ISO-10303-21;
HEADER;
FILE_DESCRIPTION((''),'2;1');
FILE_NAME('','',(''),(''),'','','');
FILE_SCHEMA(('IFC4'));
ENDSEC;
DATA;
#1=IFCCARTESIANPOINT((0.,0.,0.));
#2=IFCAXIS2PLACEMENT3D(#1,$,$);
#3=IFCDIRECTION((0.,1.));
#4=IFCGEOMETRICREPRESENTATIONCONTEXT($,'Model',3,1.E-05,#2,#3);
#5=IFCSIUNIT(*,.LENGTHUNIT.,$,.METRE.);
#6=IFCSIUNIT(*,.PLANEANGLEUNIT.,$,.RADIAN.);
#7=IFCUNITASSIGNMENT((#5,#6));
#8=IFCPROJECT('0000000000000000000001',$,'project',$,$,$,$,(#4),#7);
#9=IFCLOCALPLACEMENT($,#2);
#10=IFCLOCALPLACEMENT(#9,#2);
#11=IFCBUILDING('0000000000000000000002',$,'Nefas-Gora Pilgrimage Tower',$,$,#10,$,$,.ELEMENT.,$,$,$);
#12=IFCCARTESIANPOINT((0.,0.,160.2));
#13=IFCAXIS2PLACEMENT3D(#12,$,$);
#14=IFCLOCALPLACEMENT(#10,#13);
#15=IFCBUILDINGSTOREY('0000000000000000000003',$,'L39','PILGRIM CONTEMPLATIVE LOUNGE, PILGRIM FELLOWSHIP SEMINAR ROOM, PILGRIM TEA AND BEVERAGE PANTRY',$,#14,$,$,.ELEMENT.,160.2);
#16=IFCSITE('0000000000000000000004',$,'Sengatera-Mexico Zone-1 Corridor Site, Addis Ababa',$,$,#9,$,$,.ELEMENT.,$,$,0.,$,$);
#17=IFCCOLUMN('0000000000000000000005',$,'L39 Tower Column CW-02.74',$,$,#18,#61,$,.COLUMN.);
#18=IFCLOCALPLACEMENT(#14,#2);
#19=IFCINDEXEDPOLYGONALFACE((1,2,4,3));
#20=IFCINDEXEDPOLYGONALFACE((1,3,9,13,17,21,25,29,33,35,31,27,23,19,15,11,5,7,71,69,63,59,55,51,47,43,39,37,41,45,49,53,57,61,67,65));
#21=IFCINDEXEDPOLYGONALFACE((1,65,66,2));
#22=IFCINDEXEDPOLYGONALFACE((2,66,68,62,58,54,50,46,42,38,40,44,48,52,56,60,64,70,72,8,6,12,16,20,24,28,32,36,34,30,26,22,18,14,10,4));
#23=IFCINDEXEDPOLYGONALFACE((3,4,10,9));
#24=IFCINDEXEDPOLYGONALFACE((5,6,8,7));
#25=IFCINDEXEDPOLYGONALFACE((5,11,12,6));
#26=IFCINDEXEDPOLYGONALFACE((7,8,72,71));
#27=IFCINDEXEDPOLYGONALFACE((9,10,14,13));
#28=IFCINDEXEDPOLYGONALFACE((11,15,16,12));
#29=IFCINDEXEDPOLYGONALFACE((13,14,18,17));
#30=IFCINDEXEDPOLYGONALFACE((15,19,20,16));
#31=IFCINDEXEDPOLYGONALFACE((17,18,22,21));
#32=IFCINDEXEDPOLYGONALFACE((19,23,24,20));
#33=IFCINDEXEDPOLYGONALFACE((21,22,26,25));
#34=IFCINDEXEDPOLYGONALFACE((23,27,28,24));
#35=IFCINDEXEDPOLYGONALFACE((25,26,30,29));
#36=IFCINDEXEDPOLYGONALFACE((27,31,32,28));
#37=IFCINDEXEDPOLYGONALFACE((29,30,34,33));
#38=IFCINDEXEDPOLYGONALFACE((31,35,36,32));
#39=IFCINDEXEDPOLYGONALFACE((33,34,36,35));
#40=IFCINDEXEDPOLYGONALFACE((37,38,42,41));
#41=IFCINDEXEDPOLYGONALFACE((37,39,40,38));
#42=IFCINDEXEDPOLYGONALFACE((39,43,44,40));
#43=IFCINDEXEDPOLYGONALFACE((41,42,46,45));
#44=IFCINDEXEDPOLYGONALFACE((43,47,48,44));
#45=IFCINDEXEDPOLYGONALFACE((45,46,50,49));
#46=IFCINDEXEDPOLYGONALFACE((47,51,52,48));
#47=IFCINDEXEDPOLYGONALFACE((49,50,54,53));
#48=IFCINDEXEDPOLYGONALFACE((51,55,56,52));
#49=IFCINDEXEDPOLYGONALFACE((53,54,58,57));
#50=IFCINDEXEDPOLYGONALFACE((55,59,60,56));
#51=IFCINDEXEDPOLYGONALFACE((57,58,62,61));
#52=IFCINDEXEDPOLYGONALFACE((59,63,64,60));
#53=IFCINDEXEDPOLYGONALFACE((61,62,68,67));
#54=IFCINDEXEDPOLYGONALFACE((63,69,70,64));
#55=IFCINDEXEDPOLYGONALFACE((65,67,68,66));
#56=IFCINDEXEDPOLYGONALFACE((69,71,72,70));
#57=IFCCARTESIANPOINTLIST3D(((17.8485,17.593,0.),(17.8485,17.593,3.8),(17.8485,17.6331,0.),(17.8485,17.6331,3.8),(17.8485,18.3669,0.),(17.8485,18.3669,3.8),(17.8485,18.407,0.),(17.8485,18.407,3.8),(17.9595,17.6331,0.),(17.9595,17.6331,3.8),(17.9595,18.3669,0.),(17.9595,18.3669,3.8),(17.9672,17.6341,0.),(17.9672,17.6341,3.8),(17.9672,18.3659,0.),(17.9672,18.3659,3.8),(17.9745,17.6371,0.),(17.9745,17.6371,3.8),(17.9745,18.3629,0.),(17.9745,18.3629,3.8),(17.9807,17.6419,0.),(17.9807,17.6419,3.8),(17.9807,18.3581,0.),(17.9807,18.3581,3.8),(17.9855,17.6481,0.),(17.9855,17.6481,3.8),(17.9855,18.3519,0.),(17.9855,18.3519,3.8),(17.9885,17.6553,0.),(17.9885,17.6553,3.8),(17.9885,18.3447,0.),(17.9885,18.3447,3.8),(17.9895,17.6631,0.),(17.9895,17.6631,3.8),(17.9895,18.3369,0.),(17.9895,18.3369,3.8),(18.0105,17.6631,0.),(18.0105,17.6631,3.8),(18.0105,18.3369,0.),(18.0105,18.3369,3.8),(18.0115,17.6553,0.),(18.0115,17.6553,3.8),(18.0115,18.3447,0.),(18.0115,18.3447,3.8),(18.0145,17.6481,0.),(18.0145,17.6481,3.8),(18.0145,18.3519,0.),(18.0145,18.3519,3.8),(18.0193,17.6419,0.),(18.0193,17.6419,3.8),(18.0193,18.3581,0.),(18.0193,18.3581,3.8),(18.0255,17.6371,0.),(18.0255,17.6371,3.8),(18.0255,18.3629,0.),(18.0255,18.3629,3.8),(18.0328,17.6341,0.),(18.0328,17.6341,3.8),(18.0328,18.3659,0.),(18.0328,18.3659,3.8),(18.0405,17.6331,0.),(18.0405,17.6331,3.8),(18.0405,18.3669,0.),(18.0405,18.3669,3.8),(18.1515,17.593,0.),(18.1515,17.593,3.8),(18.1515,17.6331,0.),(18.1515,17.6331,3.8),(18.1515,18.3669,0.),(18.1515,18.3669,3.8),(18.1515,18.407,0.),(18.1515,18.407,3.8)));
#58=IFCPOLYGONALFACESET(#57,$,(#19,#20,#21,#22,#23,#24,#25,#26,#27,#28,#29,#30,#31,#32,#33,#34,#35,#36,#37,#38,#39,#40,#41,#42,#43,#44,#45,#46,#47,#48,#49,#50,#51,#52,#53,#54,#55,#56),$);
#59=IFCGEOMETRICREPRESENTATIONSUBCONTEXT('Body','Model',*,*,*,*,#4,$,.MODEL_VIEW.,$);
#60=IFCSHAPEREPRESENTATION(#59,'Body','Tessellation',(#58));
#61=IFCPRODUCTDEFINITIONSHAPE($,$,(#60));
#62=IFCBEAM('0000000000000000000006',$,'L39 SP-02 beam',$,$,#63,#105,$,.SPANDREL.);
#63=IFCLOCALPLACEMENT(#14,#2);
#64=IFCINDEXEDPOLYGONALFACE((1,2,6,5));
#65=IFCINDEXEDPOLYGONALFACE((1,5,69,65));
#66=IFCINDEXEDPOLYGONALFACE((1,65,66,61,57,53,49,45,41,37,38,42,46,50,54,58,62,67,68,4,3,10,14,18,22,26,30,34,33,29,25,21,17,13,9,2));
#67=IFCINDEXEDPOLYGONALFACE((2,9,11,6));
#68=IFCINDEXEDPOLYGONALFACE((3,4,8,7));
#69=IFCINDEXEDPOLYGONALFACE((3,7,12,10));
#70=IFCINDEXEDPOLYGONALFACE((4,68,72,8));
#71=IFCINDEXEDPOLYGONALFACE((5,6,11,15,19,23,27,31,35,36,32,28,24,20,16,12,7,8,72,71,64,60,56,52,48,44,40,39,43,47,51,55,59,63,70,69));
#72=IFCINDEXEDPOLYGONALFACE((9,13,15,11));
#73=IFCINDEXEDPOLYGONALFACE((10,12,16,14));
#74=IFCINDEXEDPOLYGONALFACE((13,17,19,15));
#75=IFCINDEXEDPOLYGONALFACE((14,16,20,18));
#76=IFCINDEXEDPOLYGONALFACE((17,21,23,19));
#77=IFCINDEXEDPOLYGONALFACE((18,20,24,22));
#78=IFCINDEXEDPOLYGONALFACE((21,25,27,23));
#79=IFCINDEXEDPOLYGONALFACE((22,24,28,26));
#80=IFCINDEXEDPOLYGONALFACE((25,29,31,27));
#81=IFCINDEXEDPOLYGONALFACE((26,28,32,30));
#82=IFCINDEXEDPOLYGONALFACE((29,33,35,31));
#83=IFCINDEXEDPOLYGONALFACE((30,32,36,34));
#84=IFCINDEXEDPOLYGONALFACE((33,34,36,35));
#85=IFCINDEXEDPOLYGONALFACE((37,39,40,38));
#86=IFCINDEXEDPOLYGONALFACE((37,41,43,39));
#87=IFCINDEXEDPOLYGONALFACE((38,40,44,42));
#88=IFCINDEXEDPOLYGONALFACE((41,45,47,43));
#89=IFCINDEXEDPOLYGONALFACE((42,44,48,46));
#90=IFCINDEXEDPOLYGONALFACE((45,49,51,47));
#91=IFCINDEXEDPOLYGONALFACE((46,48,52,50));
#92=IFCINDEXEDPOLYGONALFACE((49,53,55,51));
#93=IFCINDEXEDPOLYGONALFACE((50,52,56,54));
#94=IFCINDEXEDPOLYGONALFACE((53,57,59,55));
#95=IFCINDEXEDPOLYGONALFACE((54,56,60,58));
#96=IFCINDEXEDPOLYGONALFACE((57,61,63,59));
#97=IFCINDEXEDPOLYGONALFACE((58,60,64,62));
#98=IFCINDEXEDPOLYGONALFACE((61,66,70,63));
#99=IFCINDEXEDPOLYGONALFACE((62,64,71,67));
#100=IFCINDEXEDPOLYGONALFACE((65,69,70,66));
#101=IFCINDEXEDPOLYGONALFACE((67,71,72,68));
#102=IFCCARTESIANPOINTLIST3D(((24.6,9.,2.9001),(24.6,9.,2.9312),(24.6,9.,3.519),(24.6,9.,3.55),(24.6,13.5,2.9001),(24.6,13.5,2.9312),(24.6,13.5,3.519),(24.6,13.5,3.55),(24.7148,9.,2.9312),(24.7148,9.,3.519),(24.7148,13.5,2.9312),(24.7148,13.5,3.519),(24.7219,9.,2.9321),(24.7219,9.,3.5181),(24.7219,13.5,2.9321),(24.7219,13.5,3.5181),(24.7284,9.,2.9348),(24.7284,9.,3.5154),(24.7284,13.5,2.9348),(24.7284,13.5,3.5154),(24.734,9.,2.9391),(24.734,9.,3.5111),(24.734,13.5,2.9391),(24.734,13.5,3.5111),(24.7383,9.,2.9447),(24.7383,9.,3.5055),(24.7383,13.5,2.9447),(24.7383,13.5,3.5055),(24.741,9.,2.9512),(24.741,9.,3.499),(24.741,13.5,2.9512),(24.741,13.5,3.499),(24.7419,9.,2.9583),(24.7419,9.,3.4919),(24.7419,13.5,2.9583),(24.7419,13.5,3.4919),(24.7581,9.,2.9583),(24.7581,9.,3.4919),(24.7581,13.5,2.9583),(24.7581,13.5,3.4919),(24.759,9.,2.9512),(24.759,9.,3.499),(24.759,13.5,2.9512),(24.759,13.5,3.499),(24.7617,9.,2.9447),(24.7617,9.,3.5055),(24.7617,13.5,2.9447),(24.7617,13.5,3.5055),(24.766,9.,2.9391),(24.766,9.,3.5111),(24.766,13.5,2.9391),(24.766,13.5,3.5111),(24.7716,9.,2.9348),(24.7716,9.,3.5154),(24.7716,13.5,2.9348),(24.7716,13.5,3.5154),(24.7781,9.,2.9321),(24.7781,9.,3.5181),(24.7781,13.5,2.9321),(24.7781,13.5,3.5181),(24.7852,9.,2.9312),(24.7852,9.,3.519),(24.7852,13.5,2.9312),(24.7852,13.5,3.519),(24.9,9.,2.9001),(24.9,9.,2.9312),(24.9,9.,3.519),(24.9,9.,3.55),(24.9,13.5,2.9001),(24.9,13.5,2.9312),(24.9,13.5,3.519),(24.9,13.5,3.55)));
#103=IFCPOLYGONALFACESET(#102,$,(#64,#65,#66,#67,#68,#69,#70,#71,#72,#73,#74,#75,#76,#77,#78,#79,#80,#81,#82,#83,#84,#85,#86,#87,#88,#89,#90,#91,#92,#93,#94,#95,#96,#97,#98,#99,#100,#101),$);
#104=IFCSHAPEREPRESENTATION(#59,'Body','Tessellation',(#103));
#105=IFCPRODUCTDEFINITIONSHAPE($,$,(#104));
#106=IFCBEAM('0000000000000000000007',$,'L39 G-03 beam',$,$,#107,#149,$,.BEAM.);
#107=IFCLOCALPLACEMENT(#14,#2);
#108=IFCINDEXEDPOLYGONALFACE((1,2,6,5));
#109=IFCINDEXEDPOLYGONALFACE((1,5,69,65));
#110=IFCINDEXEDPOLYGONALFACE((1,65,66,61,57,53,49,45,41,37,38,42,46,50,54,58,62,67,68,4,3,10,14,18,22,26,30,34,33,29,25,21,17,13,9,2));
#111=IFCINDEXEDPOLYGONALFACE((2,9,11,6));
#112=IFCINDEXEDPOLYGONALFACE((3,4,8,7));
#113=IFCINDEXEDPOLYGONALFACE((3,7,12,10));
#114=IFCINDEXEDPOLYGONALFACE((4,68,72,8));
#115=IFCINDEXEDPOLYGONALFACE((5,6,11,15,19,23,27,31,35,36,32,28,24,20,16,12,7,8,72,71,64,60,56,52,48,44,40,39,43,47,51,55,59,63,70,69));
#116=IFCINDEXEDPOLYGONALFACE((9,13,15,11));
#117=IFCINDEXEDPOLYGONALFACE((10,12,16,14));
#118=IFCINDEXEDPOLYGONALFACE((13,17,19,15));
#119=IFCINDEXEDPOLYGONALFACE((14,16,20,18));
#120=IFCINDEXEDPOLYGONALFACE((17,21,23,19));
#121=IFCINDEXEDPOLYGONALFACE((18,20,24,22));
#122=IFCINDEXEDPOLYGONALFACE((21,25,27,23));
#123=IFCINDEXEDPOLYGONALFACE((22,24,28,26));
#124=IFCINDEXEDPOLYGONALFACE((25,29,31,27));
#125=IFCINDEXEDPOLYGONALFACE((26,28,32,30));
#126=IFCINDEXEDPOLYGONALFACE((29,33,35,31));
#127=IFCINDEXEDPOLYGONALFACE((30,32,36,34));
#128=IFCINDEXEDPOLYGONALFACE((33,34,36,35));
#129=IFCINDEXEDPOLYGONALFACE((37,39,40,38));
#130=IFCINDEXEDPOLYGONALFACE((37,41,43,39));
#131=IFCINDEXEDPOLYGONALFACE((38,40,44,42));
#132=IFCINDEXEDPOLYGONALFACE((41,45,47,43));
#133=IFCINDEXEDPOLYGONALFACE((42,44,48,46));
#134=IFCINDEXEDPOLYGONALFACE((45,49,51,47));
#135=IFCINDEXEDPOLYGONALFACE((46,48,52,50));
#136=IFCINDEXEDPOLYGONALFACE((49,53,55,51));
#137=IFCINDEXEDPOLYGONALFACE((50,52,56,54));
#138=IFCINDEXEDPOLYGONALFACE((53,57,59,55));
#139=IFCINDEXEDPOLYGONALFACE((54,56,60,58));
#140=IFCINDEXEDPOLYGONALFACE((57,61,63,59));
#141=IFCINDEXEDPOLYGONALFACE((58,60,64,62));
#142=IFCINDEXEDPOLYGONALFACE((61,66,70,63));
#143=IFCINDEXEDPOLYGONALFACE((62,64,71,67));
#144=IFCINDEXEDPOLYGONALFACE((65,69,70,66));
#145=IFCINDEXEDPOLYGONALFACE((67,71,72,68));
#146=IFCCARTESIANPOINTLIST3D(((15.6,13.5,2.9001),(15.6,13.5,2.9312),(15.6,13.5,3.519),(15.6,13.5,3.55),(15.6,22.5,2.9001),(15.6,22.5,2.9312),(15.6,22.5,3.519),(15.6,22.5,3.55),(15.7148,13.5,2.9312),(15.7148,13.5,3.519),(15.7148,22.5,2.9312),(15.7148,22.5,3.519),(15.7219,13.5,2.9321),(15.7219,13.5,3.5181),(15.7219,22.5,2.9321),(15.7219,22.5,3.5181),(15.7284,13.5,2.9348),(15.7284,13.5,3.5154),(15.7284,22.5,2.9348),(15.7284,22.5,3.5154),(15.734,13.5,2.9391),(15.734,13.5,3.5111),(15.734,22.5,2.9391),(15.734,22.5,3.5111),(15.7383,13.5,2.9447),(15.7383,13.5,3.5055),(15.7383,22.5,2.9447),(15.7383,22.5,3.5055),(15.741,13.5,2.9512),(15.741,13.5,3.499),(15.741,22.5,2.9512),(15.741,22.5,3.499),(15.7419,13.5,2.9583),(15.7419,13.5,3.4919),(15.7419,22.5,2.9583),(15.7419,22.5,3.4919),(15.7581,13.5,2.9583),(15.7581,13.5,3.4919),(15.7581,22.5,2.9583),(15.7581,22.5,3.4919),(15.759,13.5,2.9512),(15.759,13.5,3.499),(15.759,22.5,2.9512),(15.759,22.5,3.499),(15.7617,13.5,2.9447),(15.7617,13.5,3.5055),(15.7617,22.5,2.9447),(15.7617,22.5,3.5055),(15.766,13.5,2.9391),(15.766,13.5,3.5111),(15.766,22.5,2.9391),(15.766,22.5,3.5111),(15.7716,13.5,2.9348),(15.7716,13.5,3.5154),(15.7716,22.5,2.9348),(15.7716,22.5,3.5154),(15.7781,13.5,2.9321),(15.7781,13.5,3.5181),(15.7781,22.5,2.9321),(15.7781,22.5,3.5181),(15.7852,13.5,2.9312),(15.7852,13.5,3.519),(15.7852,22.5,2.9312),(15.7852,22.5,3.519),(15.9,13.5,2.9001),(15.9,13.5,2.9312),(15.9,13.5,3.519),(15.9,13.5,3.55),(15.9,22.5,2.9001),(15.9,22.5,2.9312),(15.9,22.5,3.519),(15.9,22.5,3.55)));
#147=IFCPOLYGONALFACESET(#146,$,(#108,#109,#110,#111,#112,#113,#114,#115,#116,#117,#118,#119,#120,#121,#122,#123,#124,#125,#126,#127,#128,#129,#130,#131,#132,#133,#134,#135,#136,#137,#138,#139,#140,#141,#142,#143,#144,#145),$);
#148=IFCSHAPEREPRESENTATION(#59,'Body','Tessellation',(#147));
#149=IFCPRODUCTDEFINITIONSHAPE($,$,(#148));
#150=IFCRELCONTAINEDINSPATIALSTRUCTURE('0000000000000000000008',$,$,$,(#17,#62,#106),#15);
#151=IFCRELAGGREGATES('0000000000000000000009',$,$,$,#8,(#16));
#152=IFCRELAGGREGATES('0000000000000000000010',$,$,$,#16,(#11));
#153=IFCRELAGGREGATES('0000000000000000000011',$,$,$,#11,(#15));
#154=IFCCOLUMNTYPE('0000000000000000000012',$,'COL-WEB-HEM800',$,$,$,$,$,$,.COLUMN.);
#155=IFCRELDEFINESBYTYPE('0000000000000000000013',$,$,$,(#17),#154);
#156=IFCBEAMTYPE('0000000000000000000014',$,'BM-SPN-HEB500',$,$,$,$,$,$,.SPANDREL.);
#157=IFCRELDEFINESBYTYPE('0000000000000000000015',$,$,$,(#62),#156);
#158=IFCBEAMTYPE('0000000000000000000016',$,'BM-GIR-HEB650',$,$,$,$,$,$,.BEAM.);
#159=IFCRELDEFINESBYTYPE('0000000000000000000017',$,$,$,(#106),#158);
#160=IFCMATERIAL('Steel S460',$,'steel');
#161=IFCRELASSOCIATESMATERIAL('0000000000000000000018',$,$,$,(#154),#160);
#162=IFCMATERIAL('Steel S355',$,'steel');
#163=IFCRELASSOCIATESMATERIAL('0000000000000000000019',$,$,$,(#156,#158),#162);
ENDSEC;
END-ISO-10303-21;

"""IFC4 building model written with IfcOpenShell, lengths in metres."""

from ifc_helpers import new_model, si_unit, direction, frame, origin, origin_2d, place, context, subcontext, project, spatial, i_section, extrude, source, transform, mapped, material, material_profile, profile_set, type_object, element, save


model = new_model("IFC4")

# Units and contexts
model_context = context("Model", 3, precision=1e-05, world=origin(), true_north=direction((0.0, 1.0)))
body_context = subcontext(model_context, "Body", "Model", "MODEL_VIEW")
ifc_project = project(units=[si_unit("LENGTHUNIT", "METRE"), si_unit("PLANEANGLEUNIT", "RADIAN")], contexts=[model_context])

# Site, building, storey
site_placement = place(None, origin())
site = spatial("IfcSite", under=ifc_project, at=site_placement, Name="Sengatera-Mexico Zone-1 Corridor Site, Addis Ababa", CompositionType="ELEMENT", RefElevation=0.0)
building_placement = place(site_placement, origin())
building = spatial("IfcBuilding", under=site, at=building_placement, Name="Nefas-Gora Pilgrimage Tower", CompositionType="ELEMENT")
storey_placement = place(building_placement, frame((0.0, 0.0, 160.2)))
storey = spatial("IfcBuildingStorey", under=building, at=storey_placement, Name="L39", Description="PILGRIM CONTEMPLATIVE LOUNGE, PILGRIM FELLOWSHIP SEMINAR ROOM, PILGRIM TEA AND BEVERAGE PANTRY", CompositionType="ELEMENT", Elevation=160.2)

# Column
ifc_material_1 = material(Name="Steel S460", Category="steel")
ifc_material_profile_1 = material_profile(ifc_material_1, i_section(OverallWidth=0.303, OverallDepth=0.814, WebThickness=0.021, FlangeThickness=0.04, FilletRadius=0.03, at=origin_2d()), Name="HEM 800")
ifc_profile_set_1 = profile_set([ifc_material_profile_1], Name="Steel S460")
column_type_1 = type_object("IfcColumnType", Name="COL-WEB-HEM800", PredefinedType="COLUMN", material=ifc_profile_set_1)
shared_shape_1 = source(origin(), body_context, "Body", "SweptSolid", [
    extrude(i_section(OverallWidth=0.303, OverallDepth=0.814, WebThickness=0.021, FlangeThickness=0.04, FilletRadius=0.03, at=origin_2d()), origin(), (0.0, 0.0, 1.0), 3.8),
])
for number, where, z_axis, x_axis, name in (
    (1, (18.0, 18.0, 0.0), (0.0, 0.0, 1.0), (1.0, 0.0, 0.0), "L39 Tower Column CW-02.74"),
):
    element("IfcColumn", number, at=place(storey_placement, frame(where, z_axis=z_axis, x_axis=x_axis)), inside=storey, type_object=column_type_1, Name=name, PredefinedType="COLUMN", context=body_context, shape_type="MappedRepresentation", body=[
        mapped(shared_shape_1, transform((0.0, 0.0, 0.0), x_axis=(1.0, 0.0, 0.0), y_axis=(0.0, 1.0, 0.0), z_axis=(0.0, 0.0, 1.0), scale=1.0)),
    ])

# Beams
ifc_material_2 = material(Name="Steel S355", Category="steel")
ifc_material_profile_2 = material_profile(ifc_material_2, i_section(OverallWidth=0.3, OverallDepth=0.6499, WebThickness=0.0161, FlangeThickness=0.031, FilletRadius=0.0271, at=origin_2d()), Name="HEB 650")
ifc_profile_set_2 = profile_set([ifc_material_profile_2], Name="Steel S355")
beam_type_1 = type_object("IfcBeamType", Name="BM-SPN-HEB500", PredefinedType="SPANDREL", material=ifc_profile_set_2)
shared_shape_2 = source(origin(), body_context, "Body", "SweptSolid", [
    extrude(i_section(OverallWidth=0.3, OverallDepth=0.6499, WebThickness=0.0161, FlangeThickness=0.031, FilletRadius=0.0271, at=origin_2d()), origin(), (0.0, 0.0, 1.0), 4.5),
])
beam_1_placement = place(storey_placement, frame((24.75, 9.0, 3.2251), z_axis=(0.0, 1.0, 0.0), x_axis=(-1.0, 0.0, 0.0)))
element("IfcBeam", 2, at=beam_1_placement, inside=storey, type_object=beam_type_1, Name="L39 SP-02 beam", PredefinedType="SPANDREL", context=body_context, shape_type="MappedRepresentation", body=[
    mapped(shared_shape_2, transform((0.0, 0.0, 0.0), x_axis=(1.0, 0.0, 0.0), y_axis=(0.0, 1.0, 0.0), z_axis=(0.0, 0.0, 1.0), scale=1.0)),
])
ifc_material_profile_3 = material_profile(ifc_material_2, i_section(OverallWidth=0.3, OverallDepth=0.6499, WebThickness=0.0161, FlangeThickness=0.031, FilletRadius=0.0271, at=origin_2d()), Name="HEB 650")
ifc_profile_set_3 = profile_set([ifc_material_profile_3], Name="Steel S355")
beam_type_2 = type_object("IfcBeamType", Name="BM-GIR-HEB650", PredefinedType="BEAM", material=ifc_profile_set_3)
shared_shape_3 = source(origin(), body_context, "Body", "SweptSolid", [
    extrude(i_section(OverallWidth=0.3, OverallDepth=0.6499, WebThickness=0.0161, FlangeThickness=0.031, FilletRadius=0.0271, at=origin_2d()), origin(), (0.0, 0.0, 1.0), 9.0),
])
beam_2_placement = place(storey_placement, frame((15.75, 13.5, 3.2251), z_axis=(0.0, 1.0, 0.0), x_axis=(-1.0, 0.0, 0.0)))
element("IfcBeam", 3, at=beam_2_placement, inside=storey, type_object=beam_type_2, Name="L39 G-03 beam", PredefinedType="BEAM", context=body_context, shape_type="MappedRepresentation", body=[
    mapped(shared_shape_3, transform((0.0, 0.0, 0.0), x_axis=(1.0, 0.0, 0.0), y_axis=(0.0, 1.0, 0.0), z_axis=(0.0, 0.0, 1.0), scale=1.0)),
])

save(model, "model.ifc")
